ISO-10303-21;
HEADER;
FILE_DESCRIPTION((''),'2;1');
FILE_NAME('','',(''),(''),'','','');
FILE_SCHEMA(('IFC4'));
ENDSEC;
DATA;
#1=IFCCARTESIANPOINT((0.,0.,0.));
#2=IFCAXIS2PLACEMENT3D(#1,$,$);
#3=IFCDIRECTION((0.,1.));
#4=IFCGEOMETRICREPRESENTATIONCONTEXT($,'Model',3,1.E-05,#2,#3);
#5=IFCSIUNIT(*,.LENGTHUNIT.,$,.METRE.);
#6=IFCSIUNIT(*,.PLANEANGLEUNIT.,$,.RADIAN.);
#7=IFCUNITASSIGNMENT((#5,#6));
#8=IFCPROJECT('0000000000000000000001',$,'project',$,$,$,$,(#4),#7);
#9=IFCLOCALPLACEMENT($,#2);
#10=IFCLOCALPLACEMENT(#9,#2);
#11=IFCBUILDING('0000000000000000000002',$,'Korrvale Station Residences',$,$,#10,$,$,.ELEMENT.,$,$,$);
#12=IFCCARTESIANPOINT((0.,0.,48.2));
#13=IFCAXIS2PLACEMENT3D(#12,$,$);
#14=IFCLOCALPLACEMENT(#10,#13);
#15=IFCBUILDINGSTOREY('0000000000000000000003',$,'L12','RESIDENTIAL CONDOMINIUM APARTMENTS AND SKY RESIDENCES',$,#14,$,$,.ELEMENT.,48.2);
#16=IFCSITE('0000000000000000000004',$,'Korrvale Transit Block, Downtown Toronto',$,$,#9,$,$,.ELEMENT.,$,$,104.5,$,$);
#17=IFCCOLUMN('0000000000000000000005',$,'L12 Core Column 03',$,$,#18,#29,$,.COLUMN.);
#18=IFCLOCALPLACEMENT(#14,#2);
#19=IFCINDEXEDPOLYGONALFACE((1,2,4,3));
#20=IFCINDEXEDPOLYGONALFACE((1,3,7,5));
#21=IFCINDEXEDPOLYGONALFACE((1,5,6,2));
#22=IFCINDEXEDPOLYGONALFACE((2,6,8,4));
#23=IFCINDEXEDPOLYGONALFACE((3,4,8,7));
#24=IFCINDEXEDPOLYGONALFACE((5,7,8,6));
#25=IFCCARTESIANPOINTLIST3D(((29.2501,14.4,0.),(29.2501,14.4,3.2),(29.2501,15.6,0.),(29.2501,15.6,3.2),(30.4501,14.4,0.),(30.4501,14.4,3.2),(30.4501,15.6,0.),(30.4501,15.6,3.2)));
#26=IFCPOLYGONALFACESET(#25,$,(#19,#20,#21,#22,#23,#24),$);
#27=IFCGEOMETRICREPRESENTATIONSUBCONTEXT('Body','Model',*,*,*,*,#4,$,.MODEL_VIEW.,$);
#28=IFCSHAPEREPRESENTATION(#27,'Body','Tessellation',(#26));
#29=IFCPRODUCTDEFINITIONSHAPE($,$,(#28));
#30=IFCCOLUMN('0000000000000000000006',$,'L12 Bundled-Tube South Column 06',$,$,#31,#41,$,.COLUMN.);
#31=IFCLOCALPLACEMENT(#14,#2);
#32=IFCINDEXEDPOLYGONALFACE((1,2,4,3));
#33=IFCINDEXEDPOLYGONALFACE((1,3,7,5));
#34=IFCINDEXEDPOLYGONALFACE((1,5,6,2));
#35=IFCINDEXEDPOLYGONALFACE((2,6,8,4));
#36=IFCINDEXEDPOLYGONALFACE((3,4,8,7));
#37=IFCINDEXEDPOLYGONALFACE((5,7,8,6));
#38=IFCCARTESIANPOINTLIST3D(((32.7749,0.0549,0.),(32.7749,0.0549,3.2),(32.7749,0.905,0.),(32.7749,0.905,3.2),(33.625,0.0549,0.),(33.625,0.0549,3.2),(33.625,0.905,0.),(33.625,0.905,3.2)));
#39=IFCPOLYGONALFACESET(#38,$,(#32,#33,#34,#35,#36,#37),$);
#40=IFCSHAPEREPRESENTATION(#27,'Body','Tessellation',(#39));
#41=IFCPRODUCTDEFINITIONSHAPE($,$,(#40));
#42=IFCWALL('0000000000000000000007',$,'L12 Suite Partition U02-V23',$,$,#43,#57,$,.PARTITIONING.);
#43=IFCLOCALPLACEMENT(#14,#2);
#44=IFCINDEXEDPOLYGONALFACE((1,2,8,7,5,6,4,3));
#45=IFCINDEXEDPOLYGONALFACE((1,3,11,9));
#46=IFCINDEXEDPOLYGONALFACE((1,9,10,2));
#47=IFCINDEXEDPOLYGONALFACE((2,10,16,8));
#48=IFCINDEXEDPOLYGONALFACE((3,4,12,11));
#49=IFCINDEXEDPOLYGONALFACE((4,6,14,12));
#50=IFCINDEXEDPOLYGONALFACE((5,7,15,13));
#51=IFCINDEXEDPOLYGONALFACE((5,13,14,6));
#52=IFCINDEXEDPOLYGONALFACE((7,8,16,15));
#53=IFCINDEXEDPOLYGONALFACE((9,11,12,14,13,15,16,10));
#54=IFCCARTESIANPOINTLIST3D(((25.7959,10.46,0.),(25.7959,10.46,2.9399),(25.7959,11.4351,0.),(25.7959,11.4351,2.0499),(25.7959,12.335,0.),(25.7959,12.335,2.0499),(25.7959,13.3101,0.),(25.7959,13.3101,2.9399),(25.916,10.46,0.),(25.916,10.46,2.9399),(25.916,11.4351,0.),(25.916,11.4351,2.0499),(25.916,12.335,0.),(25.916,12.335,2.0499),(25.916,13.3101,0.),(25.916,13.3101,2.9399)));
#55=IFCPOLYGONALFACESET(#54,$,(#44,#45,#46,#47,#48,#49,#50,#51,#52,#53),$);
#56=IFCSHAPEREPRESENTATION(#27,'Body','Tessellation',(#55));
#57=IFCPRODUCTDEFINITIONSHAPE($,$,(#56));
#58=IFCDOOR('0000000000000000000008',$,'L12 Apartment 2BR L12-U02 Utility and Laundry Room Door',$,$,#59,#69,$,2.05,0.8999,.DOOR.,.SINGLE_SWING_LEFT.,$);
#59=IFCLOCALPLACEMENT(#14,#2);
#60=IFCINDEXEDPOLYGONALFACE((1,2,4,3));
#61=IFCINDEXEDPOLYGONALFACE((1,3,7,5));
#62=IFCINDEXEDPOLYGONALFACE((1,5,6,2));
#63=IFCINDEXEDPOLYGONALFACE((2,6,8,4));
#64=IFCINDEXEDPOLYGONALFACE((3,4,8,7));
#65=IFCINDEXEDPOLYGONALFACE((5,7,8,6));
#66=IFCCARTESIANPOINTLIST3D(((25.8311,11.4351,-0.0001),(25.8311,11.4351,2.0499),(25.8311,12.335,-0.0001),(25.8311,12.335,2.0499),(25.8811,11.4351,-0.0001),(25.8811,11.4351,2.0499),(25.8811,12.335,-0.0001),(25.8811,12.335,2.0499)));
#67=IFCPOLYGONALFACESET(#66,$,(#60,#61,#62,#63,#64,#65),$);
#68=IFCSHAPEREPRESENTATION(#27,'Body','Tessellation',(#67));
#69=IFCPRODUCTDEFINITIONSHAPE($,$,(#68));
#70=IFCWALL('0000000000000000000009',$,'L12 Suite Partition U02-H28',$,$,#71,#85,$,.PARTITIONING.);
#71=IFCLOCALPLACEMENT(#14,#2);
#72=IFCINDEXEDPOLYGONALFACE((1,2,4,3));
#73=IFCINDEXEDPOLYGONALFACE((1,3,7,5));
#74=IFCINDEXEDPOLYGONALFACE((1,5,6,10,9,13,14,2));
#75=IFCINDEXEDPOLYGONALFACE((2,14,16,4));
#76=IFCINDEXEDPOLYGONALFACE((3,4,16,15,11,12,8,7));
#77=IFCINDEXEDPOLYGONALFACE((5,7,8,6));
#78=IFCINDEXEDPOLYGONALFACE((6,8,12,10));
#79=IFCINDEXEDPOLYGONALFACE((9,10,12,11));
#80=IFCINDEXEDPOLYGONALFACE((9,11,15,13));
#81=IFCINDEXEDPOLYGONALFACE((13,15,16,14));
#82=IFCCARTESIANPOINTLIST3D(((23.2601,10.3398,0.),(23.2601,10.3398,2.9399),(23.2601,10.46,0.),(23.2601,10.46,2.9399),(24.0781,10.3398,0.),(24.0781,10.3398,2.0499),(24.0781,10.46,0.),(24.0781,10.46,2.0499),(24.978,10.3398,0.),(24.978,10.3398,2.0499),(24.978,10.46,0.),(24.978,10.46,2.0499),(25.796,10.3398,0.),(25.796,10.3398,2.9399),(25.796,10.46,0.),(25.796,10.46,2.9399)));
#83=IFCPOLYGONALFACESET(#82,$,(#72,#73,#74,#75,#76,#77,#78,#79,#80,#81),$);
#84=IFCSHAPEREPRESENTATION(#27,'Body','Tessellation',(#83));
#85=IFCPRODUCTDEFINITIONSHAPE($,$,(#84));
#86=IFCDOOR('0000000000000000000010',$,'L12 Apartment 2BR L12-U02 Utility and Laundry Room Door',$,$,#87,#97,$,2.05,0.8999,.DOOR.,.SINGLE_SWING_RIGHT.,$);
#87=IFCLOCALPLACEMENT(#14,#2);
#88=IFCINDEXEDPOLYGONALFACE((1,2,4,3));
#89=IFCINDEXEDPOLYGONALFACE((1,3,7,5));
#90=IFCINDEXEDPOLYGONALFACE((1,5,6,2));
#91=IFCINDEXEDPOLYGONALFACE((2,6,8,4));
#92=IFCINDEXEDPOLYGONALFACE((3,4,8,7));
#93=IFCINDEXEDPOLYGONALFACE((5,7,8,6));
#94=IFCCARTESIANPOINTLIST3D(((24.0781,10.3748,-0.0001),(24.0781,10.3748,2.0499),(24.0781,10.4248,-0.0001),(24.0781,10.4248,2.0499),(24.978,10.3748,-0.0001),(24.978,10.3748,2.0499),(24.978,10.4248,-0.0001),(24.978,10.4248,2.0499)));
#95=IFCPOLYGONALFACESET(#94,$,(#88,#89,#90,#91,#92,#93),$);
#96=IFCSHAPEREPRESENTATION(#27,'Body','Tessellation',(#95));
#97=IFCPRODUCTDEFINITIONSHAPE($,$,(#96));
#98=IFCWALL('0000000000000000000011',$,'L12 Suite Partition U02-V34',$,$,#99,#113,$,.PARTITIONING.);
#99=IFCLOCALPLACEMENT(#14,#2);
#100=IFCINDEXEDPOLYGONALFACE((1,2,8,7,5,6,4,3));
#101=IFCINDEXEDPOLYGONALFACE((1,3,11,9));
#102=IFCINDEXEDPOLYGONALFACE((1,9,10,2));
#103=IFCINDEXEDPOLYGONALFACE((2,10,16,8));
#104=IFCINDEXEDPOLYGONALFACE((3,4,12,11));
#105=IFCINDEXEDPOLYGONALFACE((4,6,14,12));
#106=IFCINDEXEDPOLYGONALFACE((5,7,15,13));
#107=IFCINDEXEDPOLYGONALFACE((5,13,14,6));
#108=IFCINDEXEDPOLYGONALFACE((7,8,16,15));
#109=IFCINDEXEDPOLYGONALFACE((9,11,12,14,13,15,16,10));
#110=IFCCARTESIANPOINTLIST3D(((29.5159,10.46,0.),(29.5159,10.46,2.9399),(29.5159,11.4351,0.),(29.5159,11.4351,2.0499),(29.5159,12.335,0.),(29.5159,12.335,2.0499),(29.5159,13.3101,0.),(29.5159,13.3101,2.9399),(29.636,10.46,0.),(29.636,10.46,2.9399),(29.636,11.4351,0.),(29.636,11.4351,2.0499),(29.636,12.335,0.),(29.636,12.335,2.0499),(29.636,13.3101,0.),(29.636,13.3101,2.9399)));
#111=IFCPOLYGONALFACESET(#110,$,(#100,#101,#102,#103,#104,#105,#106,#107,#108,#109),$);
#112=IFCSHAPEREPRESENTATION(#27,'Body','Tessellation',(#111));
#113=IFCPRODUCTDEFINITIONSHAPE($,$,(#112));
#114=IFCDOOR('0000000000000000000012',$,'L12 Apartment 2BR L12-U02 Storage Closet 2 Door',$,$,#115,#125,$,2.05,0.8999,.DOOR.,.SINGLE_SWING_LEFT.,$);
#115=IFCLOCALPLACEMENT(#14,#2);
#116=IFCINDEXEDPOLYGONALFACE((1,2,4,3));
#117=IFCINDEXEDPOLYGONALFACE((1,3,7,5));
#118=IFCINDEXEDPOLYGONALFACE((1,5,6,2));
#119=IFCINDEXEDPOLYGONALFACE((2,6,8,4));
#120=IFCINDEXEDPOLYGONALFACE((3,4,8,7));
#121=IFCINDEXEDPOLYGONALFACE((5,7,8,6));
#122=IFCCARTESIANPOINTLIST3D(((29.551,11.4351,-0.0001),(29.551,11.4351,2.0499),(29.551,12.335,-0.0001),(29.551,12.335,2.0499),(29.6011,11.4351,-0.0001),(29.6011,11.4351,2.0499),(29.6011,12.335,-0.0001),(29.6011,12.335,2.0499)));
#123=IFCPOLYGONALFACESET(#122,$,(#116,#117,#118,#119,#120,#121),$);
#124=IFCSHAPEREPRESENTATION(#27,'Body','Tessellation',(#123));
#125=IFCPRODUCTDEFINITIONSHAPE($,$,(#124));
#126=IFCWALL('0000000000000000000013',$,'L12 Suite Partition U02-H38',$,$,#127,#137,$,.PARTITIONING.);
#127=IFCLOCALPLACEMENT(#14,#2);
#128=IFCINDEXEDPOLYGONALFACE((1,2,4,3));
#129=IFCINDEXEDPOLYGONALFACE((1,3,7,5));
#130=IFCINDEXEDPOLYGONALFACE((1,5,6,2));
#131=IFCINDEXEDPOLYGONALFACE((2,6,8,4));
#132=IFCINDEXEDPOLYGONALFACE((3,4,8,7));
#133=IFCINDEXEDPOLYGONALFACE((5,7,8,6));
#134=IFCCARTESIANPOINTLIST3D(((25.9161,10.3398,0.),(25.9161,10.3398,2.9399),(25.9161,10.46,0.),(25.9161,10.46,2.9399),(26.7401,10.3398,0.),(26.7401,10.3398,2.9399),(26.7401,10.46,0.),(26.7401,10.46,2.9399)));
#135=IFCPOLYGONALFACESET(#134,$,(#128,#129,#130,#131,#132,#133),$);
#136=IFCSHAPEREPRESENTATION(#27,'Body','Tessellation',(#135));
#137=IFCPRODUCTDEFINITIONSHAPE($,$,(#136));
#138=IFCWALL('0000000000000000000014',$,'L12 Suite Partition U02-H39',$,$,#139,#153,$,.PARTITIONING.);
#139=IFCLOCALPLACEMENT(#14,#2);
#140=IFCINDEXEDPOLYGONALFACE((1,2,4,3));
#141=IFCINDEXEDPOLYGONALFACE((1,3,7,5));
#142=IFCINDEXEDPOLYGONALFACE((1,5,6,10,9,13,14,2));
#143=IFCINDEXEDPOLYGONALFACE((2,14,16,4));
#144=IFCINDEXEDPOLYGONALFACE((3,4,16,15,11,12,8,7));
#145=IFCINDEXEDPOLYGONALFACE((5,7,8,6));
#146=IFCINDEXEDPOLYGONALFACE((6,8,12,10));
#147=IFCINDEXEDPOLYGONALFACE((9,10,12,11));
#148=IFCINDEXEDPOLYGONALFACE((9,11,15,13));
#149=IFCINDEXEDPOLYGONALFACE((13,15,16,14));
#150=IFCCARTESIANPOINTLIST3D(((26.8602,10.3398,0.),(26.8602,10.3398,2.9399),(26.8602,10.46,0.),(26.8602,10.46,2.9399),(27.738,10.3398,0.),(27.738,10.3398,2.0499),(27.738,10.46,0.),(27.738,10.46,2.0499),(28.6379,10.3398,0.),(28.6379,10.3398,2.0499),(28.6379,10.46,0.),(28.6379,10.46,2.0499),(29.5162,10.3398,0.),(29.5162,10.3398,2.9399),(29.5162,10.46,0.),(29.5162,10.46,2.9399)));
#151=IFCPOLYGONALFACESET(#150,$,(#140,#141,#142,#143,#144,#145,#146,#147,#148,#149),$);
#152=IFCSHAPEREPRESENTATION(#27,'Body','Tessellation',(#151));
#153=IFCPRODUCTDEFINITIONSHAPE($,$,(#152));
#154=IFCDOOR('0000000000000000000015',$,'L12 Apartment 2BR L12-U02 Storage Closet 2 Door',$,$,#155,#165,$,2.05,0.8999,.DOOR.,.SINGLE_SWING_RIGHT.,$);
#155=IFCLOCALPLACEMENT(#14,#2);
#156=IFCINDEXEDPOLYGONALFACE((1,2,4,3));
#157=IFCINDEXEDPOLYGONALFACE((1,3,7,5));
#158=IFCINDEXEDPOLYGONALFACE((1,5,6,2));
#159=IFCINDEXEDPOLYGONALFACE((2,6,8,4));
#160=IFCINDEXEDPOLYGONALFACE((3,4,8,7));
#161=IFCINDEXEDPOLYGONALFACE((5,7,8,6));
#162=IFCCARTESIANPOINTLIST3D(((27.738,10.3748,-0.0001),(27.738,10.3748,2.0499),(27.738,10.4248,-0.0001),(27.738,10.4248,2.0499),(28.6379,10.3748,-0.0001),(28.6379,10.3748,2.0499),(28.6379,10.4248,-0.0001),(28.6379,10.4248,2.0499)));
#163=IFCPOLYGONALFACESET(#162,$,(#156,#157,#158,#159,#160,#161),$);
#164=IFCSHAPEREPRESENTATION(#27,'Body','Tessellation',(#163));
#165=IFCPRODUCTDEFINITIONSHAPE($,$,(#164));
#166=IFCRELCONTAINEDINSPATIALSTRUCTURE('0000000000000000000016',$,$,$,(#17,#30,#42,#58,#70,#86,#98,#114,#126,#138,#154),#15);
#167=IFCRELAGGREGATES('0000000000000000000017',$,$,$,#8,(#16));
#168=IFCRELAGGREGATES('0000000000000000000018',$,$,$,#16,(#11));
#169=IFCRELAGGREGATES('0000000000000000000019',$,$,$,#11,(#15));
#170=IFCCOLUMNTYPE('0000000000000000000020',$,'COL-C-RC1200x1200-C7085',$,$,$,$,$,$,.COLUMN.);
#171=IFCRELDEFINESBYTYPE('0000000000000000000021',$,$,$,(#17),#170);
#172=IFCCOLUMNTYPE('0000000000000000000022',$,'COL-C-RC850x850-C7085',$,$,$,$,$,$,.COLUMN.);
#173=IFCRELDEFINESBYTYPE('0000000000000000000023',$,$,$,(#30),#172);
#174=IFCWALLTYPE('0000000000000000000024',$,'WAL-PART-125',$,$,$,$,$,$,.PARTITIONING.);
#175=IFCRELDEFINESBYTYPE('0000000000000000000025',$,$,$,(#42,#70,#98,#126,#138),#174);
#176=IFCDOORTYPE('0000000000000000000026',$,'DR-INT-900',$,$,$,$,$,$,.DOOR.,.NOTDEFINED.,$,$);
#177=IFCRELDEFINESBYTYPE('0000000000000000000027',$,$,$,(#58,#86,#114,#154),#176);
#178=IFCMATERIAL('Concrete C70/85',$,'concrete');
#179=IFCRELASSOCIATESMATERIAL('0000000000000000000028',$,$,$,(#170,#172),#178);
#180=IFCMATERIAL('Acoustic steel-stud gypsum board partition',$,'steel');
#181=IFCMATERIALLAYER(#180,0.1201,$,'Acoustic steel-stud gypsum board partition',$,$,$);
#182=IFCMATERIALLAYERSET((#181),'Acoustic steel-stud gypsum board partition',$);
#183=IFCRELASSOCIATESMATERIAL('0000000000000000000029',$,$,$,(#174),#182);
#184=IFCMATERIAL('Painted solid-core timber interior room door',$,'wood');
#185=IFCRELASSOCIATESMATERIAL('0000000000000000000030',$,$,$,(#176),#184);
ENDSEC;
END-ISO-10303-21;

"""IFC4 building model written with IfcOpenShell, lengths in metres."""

from ifc_helpers import new_model, si_unit, direction, frame, frame_2d, origin, origin_2d, place, context, subcontext, project, spatial, rectangle, extrude, material, layer, layer_set, material_profile, profile_set, type_object, element, fill, save


model = new_model("IFC4")

# Units and contexts
model_context = context("Model", 3, precision=1e-05, world=origin(), true_north=direction((0.0, 1.0)))
body_context = subcontext(model_context, "Body", "Model", "MODEL_VIEW")
ifc_project = project(units=[si_unit("LENGTHUNIT", "METRE"), si_unit("PLANEANGLEUNIT", "RADIAN")], contexts=[model_context])

# Site, building, storey
site_placement = place(None, origin())
site = spatial("IfcSite", under=ifc_project, at=site_placement, Name="Korrvale Transit Block, Downtown Toronto", CompositionType="ELEMENT", RefElevation=104.5)
building_placement = place(site_placement, origin())
building = spatial("IfcBuilding", under=site, at=building_placement, Name="Korrvale Station Residences", CompositionType="ELEMENT")
storey_placement = place(building_placement, frame((0.0, 0.0, 48.2)))
storey = spatial("IfcBuildingStorey", under=building, at=storey_placement, Name="L12", Description="RESIDENTIAL CONDOMINIUM APARTMENTS AND SKY RESIDENCES", CompositionType="ELEMENT", Elevation=48.2)

# Columns
ifc_material_1 = material(Name="Concrete C70/85", Category="concrete")
ifc_material_profile_1 = material_profile(ifc_material_1, rectangle(XDim=1.2, YDim=1.2, at=origin_2d()), Name="RC1200x1200")
ifc_profile_set_1 = profile_set([ifc_material_profile_1], Name="Concrete C70/85")
column_type_1 = type_object("IfcColumnType", Name="COL-C-RC1200x1200-C7085", PredefinedType="COLUMN", material=ifc_profile_set_1)
column_1_placement = place(storey_placement, frame((29.8501, 15.0, 0.0), z_axis=(0.0, 0.0, 1.0), x_axis=(1.0, 0.0, 0.0)))
element("IfcColumn", 1, at=column_1_placement, inside=storey, type_object=column_type_1, Name="L12 Core Column 03", PredefinedType="COLUMN", context=body_context, shape_type="SweptSolid", body=[
    extrude(rectangle(XDim=1.2, YDim=1.2, at=origin_2d()), origin(), (0.0, 0.0, 1.0), 3.2),
])
ifc_material_profile_2 = material_profile(ifc_material_1, rectangle(XDim=0.8501, YDim=0.8501, at=origin_2d()), Name="RC850x850")
ifc_profile_set_2 = profile_set([ifc_material_profile_2], Name="Concrete C70/85")
column_type_2 = type_object("IfcColumnType", Name="COL-C-RC850x850-C7085", PredefinedType="COLUMN", material=ifc_profile_set_2)
column_2_placement = place(storey_placement, frame((33.2, 0.48, 0.0), z_axis=(0.0, 0.0, 1.0), x_axis=(1.0, 0.0, 0.0)))
element("IfcColumn", 2, at=column_2_placement, inside=storey, type_object=column_type_2, Name="L12 Bundled-Tube South Column 06", PredefinedType="COLUMN", context=body_context, shape_type="SweptSolid", body=[
    extrude(rectangle(XDim=0.8501, YDim=0.8501, at=origin_2d()), origin(), (0.0, 0.0, 1.0), 3.2),
])

# Walls, openings, doors
ifc_material_2 = material(Name="Acoustic steel-stud gypsum board partition", Category="steel")
ifc_layer_1 = layer(ifc_material_2, 0.1201, Name="Acoustic steel-stud gypsum board partition")
ifc_layer_set_1 = layer_set([ifc_layer_1], Name="Acoustic steel-stud gypsum board partition")
wall_type = type_object("IfcWallType", Name="WAL-PART-125", PredefinedType="PARTITIONING", material=ifc_layer_set_1)
wall_1_placement = place(storey_placement, frame((25.856, 10.46, 0.0), z_axis=(0.0, 0.0, 1.0), x_axis=(0.0, 1.0, 0.0)))
wall_1 = element("IfcWall", 3, at=wall_1_placement, inside=storey, type_object=wall_type, Name="L12 Suite Partition U02-V23", PredefinedType="PARTITIONING", context=body_context, shape_type="SweptSolid", body=[
    extrude(rectangle(XDim=2.8501, YDim=0.1201, at=frame_2d((1.425, 0.0))), origin(), (0.0, 0.0, 1.0), 2.9399),
])
opening_1_placement = place(wall_1_placement, frame((0.9751, 0.0, 0.0)))
opening_1 = element("IfcOpeningElement", 4, at=opening_1_placement, cuts=wall_1, PredefinedType="OPENING", context=body_context, shape_type="SweptSolid", body=[
    extrude(rectangle(XDim=0.8999, YDim=2.05, at=frame_2d((0.45, 1.0249))), frame((0.0, 0.0701, 0.0), z_axis=(0.0, -1.0, 0.0), x_axis=(1.0, 0.0, 0.0)), (0.0, 0.0, 1.0), 0.1401),
])
ifc_material_3 = material(Name="Painted solid-core timber interior room door", Category="wood")
door_type = type_object("IfcDoorType", Name="DR-INT-900", OperationType="NOTDEFINED", PredefinedType="DOOR", material=ifc_material_3)
door_1_placement = place(opening_1_placement, origin())
door_1 = element("IfcDoor", 5, at=door_1_placement, inside=storey, type_object=door_type, Name="L12 Apartment 2BR L12-U02 Utility and Laundry Room Door", OperationType="SINGLE_SWING_LEFT", OverallHeight=2.05, OverallWidth=0.8999, PredefinedType="DOOR", context=body_context, shape_type="SweptSolid", body=[
    extrude(rectangle(XDim=0.8999, YDim=2.05, at=frame_2d((0.45, 1.0249))), frame((0.0, 0.0249, 0.0), z_axis=(0.0, -1.0, 0.0), x_axis=(1.0, 0.0, 0.0)), (0.0, 0.0, 1.0), 0.05),
])
fill(opening_1, door_1)
wall_2_placement = place(storey_placement, frame((23.26, 10.3999, 0.0), z_axis=(0.0, 0.0, 1.0), x_axis=(1.0, 0.0, 0.0)))
wall_2 = element("IfcWall", 6, at=wall_2_placement, inside=storey, type_object=wall_type, Name="L12 Suite Partition U02-H28", PredefinedType="PARTITIONING", context=body_context, shape_type="SweptSolid", body=[
    extrude(rectangle(XDim=2.5359, YDim=0.1201, at=frame_2d((1.2681, 0.0))), origin(), (0.0, 0.0, 1.0), 2.9399),
])
opening_2_placement = place(wall_2_placement, frame((0.8181, 0.0, 0.0)))
opening_2 = element("IfcOpeningElement", 7, at=opening_2_placement, cuts=wall_2, PredefinedType="OPENING", context=body_context, shape_type="SweptSolid", body=[
    extrude(rectangle(XDim=0.8999, YDim=2.05, at=frame_2d((0.45, 1.0249))), frame((0.0, 0.0701, 0.0), z_axis=(0.0, -1.0, 0.0), x_axis=(1.0, 0.0, 0.0)), (0.0, 0.0, 1.0), 0.1401),
])
door_2_placement = place(opening_2_placement, origin())
door_2 = element("IfcDoor", 8, at=door_2_placement, inside=storey, type_object=door_type, Name="L12 Apartment 2BR L12-U02 Utility and Laundry Room Door", OperationType="SINGLE_SWING_RIGHT", OverallHeight=2.05, OverallWidth=0.8999, PredefinedType="DOOR", context=body_context, shape_type="SweptSolid", body=[
    extrude(rectangle(XDim=0.8999, YDim=2.05, at=frame_2d((0.45, 1.0249))), frame((0.0, 0.0249, 0.0), z_axis=(0.0, -1.0, 0.0), x_axis=(1.0, 0.0, 0.0)), (0.0, 0.0, 1.0), 0.05),
])
fill(opening_2, door_2)
wall_3_placement = place(storey_placement, frame((29.5759, 10.46, 0.0), z_axis=(0.0, 0.0, 1.0), x_axis=(0.0, 1.0, 0.0)))
wall_3 = element("IfcWall", 9, at=wall_3_placement, inside=storey, type_object=wall_type, Name="L12 Suite Partition U02-V34", PredefinedType="PARTITIONING", context=body_context, shape_type="SweptSolid", body=[
    extrude(rectangle(XDim=2.8501, YDim=0.1201, at=frame_2d((1.425, 0.0))), origin(), (0.0, 0.0, 1.0), 2.9399),
])
opening_3_placement = place(wall_3_placement, frame((0.9751, 0.0, 0.0)))
opening_3 = element("IfcOpeningElement", 10, at=opening_3_placement, cuts=wall_3, PredefinedType="OPENING", context=body_context, shape_type="SweptSolid", body=[
    extrude(rectangle(XDim=0.8999, YDim=2.05, at=frame_2d((0.45, 1.0249))), frame((0.0, 0.0701, 0.0), z_axis=(0.0, -1.0, 0.0), x_axis=(1.0, 0.0, 0.0)), (0.0, 0.0, 1.0), 0.1401),
])
door_3_placement = place(opening_3_placement, origin())
door_3 = element("IfcDoor", 11, at=door_3_placement, inside=storey, type_object=door_type, Name="L12 Apartment 2BR L12-U02 Storage Closet 2 Door", OperationType="SINGLE_SWING_LEFT", OverallHeight=2.05, OverallWidth=0.8999, PredefinedType="DOOR", context=body_context, shape_type="SweptSolid", body=[
    extrude(rectangle(XDim=0.8999, YDim=2.05, at=frame_2d((0.45, 1.0249))), frame((0.0, 0.0249, 0.0), z_axis=(0.0, -1.0, 0.0), x_axis=(1.0, 0.0, 0.0)), (0.0, 0.0, 1.0), 0.05),
])
fill(opening_3, door_3)

# Wall
wall_4_placement = place(storey_placement, frame((25.916, 10.3999, 0.0), z_axis=(0.0, 0.0, 1.0), x_axis=(1.0, 0.0, 0.0)))
element("IfcWall", 12, at=wall_4_placement, inside=storey, type_object=wall_type, Name="L12 Suite Partition U02-H38", PredefinedType="PARTITIONING", context=body_context, shape_type="SweptSolid", body=[
    extrude(rectangle(XDim=0.824, YDim=0.1201, at=frame_2d((0.4121, 0.0))), origin(), (0.0, 0.0, 1.0), 2.9399),
])

# Wall, opening, door
wall_5_placement = place(storey_placement, frame((26.8601, 10.3999, 0.0), z_axis=(0.0, 0.0, 1.0), x_axis=(1.0, 0.0, 0.0)))
wall_5 = element("IfcWall", 13, at=wall_5_placement, inside=storey, type_object=wall_type, Name="L12 Suite Partition U02-H39", PredefinedType="PARTITIONING", context=body_context, shape_type="SweptSolid", body=[
    extrude(rectangle(XDim=2.656, YDim=0.1201, at=frame_2d((1.3281, 0.0))), origin(), (0.0, 0.0, 1.0), 2.9399),
])
opening_4_placement = place(wall_5_placement, frame((0.8779, 0.0, 0.0)))
opening_4 = element("IfcOpeningElement", 14, at=opening_4_placement, cuts=wall_5, PredefinedType="OPENING", context=body_context, shape_type="SweptSolid", body=[
    extrude(rectangle(XDim=0.8999, YDim=2.05, at=frame_2d((0.45, 1.0249))), frame((0.0, 0.0701, 0.0), z_axis=(0.0, -1.0, 0.0), x_axis=(1.0, 0.0, 0.0)), (0.0, 0.0, 1.0), 0.1401),
])
door_4_placement = place(opening_4_placement, origin())
door_4 = element("IfcDoor", 15, at=door_4_placement, inside=storey, type_object=door_type, Name="L12 Apartment 2BR L12-U02 Storage Closet 2 Door", OperationType="SINGLE_SWING_RIGHT", OverallHeight=2.05, OverallWidth=0.8999, PredefinedType="DOOR", context=body_context, shape_type="SweptSolid", body=[
    extrude(rectangle(XDim=0.8999, YDim=2.05, at=frame_2d((0.45, 1.0249))), frame((0.0, 0.0249, 0.0), z_axis=(0.0, -1.0, 0.0), x_axis=(1.0, 0.0, 0.0)), (0.0, 0.0, 1.0), 0.05),
])
fill(opening_4, door_4)

save(model, "model.ifc")
